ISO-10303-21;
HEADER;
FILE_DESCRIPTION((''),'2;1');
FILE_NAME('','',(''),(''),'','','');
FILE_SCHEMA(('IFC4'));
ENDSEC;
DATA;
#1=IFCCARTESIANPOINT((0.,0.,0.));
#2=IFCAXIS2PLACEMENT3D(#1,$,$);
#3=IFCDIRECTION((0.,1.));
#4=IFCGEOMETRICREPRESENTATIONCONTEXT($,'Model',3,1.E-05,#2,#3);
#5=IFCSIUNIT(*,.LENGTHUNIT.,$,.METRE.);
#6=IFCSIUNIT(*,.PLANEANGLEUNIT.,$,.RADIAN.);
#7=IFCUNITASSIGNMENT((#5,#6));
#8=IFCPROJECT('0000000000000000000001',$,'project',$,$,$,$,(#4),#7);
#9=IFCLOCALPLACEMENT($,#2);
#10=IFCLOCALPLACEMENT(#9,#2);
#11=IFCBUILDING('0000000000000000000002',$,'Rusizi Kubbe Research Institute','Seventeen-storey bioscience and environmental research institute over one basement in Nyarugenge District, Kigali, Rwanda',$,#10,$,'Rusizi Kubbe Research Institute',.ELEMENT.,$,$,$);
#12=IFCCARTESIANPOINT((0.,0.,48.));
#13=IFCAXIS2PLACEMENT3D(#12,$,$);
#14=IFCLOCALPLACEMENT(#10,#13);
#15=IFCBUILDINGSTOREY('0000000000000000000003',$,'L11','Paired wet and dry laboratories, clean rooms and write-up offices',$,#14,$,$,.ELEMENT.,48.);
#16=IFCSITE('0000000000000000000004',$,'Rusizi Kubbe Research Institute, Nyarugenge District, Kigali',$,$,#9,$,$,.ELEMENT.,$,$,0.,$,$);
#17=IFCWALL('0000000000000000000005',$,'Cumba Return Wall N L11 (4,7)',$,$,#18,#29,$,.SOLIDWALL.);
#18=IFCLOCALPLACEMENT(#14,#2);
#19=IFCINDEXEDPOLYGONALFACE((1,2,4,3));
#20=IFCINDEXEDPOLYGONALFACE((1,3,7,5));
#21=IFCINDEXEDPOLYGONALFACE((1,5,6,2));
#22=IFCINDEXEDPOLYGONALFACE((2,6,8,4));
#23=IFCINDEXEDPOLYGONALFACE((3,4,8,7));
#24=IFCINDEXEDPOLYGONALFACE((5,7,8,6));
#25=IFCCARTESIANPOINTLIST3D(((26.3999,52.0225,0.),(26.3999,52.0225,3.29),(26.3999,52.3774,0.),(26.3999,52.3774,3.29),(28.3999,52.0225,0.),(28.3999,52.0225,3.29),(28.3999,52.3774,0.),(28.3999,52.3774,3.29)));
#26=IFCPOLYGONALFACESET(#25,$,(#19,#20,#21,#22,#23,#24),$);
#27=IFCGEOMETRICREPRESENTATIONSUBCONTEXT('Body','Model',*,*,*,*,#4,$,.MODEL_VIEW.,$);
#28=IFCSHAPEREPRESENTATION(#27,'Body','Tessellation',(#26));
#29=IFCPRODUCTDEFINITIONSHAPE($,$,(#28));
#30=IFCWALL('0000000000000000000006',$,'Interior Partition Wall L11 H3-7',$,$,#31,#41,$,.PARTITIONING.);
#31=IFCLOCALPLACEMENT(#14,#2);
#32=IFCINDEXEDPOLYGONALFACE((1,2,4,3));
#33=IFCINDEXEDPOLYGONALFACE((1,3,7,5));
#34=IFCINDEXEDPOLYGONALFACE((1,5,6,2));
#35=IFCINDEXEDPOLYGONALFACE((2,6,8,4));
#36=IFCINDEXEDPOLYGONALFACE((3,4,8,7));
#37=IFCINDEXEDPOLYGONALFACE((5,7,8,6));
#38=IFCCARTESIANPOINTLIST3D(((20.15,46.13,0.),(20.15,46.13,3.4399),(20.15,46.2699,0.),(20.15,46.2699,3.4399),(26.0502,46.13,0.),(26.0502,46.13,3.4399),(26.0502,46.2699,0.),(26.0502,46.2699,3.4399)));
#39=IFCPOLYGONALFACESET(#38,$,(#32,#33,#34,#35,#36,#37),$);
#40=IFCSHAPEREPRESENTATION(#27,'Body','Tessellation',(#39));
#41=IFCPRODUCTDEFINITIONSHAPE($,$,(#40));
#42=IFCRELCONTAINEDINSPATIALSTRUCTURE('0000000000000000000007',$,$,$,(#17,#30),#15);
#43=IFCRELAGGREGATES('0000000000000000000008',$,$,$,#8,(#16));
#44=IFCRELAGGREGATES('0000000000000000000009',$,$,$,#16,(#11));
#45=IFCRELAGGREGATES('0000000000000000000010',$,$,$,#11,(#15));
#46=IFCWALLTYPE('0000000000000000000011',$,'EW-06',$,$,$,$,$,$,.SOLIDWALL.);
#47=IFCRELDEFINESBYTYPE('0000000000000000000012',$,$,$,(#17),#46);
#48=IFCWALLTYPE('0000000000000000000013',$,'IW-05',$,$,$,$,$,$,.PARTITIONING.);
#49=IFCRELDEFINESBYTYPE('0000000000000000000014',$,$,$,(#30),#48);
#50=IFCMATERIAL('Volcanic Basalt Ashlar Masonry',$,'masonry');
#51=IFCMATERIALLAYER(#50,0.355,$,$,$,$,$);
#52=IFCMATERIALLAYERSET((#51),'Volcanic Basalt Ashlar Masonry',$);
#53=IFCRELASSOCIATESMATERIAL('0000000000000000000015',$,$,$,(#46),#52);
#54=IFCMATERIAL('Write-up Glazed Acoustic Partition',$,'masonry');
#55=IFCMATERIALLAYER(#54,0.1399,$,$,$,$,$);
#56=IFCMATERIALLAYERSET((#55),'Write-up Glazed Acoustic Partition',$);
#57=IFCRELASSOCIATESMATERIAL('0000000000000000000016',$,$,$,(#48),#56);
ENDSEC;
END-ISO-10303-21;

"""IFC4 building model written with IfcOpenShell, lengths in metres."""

from ifc_helpers import new_model, si_unit, direction, frame, frame_2d, origin, place, context, subcontext, project, spatial, rectangle, extrude, material, layer, layer_set, type_object, element, save


model = new_model("IFC4")

# Units and contexts
model_context = context("Model", 3, precision=1e-05, world=origin(), true_north=direction((0.0, 1.0)))
body_context = subcontext(model_context, "Body", "Model", "MODEL_VIEW")
ifc_project = project(units=[si_unit("LENGTHUNIT", "METRE"), si_unit("PLANEANGLEUNIT", "RADIAN")], contexts=[model_context])

# Site, building, storey
site_placement = place(None, origin())
site = spatial("IfcSite", under=ifc_project, at=site_placement, Name="Rusizi Kubbe Research Institute, Nyarugenge District, Kigali", CompositionType="ELEMENT", RefElevation=0.0)
building_placement = place(site_placement, origin())
building = spatial("IfcBuilding", under=site, at=building_placement, Name="Rusizi Kubbe Research Institute", Description="Seventeen-storey bioscience and environmental research institute over one basement in Nyarugenge District, Kigali, Rwanda", LongName="Rusizi Kubbe Research Institute", CompositionType="ELEMENT")
storey_placement = place(building_placement, frame((0.0, 0.0, 48.0)))
storey = spatial("IfcBuildingStorey", under=building, at=storey_placement, Name="L11", Description="Paired wet and dry laboratories, clean rooms and write-up offices", CompositionType="ELEMENT", Elevation=48.0)

# Walls
ifc_material_1 = material(Name="Volcanic Basalt Ashlar Masonry", Category="masonry")
ifc_layer_1 = layer(ifc_material_1, 0.355)
ifc_layer_set_1 = layer_set([ifc_layer_1], Name="Volcanic Basalt Ashlar Masonry")
wall_type_1 = type_object("IfcWallType", Name="EW-06", PredefinedType="SOLIDWALL", material=ifc_layer_set_1)
for number, where, z_axis, x_axis, name in (
    (1, (26.3999, 52.2, 0.0), (0.0, 0.0, 1.0), (1.0, 0.0, 0.0), "Cumba Return Wall N L11 (4,7)"),
):
    element("IfcWall", number, at=place(storey_placement, frame(where, z_axis=z_axis, x_axis=x_axis)), inside=storey, type_object=wall_type_1, Name=name, PredefinedType="SOLIDWALL", context=body_context, shape_type="SweptSolid", body=[
        extrude(rectangle(XDim=2.0, YDim=0.355, at=frame_2d((1.0, 0.0))), origin(), (0.0, 0.0, 1.0), 3.29),
    ])
ifc_material_2 = material(Name="Write-up Glazed Acoustic Partition", Category="masonry")
ifc_layer_2 = layer(ifc_material_2, 0.1399)
ifc_layer_set_2 = layer_set([ifc_layer_2], Name="Write-up Glazed Acoustic Partition")
wall_type_2 = type_object("IfcWallType", Name="IW-05", PredefinedType="PARTITIONING", material=ifc_layer_set_2)
wall_placement = place(storey_placement, frame((20.1499, 46.2, 0.0), z_axis=(0.0, 0.0, 1.0), x_axis=(1.0, 0.0, 0.0)))
element("IfcWall", 2, at=wall_placement, inside=storey, type_object=wall_type_2, Name="Interior Partition Wall L11 H3-7", PredefinedType="PARTITIONING", context=body_context, shape_type="SweptSolid", body=[
    extrude(rectangle(XDim=5.9001, YDim=0.1399, at=frame_2d((2.9502, 0.0))), origin(), (0.0, 0.0, 1.0), 3.4399),
])

save(model, "model.ifc")
